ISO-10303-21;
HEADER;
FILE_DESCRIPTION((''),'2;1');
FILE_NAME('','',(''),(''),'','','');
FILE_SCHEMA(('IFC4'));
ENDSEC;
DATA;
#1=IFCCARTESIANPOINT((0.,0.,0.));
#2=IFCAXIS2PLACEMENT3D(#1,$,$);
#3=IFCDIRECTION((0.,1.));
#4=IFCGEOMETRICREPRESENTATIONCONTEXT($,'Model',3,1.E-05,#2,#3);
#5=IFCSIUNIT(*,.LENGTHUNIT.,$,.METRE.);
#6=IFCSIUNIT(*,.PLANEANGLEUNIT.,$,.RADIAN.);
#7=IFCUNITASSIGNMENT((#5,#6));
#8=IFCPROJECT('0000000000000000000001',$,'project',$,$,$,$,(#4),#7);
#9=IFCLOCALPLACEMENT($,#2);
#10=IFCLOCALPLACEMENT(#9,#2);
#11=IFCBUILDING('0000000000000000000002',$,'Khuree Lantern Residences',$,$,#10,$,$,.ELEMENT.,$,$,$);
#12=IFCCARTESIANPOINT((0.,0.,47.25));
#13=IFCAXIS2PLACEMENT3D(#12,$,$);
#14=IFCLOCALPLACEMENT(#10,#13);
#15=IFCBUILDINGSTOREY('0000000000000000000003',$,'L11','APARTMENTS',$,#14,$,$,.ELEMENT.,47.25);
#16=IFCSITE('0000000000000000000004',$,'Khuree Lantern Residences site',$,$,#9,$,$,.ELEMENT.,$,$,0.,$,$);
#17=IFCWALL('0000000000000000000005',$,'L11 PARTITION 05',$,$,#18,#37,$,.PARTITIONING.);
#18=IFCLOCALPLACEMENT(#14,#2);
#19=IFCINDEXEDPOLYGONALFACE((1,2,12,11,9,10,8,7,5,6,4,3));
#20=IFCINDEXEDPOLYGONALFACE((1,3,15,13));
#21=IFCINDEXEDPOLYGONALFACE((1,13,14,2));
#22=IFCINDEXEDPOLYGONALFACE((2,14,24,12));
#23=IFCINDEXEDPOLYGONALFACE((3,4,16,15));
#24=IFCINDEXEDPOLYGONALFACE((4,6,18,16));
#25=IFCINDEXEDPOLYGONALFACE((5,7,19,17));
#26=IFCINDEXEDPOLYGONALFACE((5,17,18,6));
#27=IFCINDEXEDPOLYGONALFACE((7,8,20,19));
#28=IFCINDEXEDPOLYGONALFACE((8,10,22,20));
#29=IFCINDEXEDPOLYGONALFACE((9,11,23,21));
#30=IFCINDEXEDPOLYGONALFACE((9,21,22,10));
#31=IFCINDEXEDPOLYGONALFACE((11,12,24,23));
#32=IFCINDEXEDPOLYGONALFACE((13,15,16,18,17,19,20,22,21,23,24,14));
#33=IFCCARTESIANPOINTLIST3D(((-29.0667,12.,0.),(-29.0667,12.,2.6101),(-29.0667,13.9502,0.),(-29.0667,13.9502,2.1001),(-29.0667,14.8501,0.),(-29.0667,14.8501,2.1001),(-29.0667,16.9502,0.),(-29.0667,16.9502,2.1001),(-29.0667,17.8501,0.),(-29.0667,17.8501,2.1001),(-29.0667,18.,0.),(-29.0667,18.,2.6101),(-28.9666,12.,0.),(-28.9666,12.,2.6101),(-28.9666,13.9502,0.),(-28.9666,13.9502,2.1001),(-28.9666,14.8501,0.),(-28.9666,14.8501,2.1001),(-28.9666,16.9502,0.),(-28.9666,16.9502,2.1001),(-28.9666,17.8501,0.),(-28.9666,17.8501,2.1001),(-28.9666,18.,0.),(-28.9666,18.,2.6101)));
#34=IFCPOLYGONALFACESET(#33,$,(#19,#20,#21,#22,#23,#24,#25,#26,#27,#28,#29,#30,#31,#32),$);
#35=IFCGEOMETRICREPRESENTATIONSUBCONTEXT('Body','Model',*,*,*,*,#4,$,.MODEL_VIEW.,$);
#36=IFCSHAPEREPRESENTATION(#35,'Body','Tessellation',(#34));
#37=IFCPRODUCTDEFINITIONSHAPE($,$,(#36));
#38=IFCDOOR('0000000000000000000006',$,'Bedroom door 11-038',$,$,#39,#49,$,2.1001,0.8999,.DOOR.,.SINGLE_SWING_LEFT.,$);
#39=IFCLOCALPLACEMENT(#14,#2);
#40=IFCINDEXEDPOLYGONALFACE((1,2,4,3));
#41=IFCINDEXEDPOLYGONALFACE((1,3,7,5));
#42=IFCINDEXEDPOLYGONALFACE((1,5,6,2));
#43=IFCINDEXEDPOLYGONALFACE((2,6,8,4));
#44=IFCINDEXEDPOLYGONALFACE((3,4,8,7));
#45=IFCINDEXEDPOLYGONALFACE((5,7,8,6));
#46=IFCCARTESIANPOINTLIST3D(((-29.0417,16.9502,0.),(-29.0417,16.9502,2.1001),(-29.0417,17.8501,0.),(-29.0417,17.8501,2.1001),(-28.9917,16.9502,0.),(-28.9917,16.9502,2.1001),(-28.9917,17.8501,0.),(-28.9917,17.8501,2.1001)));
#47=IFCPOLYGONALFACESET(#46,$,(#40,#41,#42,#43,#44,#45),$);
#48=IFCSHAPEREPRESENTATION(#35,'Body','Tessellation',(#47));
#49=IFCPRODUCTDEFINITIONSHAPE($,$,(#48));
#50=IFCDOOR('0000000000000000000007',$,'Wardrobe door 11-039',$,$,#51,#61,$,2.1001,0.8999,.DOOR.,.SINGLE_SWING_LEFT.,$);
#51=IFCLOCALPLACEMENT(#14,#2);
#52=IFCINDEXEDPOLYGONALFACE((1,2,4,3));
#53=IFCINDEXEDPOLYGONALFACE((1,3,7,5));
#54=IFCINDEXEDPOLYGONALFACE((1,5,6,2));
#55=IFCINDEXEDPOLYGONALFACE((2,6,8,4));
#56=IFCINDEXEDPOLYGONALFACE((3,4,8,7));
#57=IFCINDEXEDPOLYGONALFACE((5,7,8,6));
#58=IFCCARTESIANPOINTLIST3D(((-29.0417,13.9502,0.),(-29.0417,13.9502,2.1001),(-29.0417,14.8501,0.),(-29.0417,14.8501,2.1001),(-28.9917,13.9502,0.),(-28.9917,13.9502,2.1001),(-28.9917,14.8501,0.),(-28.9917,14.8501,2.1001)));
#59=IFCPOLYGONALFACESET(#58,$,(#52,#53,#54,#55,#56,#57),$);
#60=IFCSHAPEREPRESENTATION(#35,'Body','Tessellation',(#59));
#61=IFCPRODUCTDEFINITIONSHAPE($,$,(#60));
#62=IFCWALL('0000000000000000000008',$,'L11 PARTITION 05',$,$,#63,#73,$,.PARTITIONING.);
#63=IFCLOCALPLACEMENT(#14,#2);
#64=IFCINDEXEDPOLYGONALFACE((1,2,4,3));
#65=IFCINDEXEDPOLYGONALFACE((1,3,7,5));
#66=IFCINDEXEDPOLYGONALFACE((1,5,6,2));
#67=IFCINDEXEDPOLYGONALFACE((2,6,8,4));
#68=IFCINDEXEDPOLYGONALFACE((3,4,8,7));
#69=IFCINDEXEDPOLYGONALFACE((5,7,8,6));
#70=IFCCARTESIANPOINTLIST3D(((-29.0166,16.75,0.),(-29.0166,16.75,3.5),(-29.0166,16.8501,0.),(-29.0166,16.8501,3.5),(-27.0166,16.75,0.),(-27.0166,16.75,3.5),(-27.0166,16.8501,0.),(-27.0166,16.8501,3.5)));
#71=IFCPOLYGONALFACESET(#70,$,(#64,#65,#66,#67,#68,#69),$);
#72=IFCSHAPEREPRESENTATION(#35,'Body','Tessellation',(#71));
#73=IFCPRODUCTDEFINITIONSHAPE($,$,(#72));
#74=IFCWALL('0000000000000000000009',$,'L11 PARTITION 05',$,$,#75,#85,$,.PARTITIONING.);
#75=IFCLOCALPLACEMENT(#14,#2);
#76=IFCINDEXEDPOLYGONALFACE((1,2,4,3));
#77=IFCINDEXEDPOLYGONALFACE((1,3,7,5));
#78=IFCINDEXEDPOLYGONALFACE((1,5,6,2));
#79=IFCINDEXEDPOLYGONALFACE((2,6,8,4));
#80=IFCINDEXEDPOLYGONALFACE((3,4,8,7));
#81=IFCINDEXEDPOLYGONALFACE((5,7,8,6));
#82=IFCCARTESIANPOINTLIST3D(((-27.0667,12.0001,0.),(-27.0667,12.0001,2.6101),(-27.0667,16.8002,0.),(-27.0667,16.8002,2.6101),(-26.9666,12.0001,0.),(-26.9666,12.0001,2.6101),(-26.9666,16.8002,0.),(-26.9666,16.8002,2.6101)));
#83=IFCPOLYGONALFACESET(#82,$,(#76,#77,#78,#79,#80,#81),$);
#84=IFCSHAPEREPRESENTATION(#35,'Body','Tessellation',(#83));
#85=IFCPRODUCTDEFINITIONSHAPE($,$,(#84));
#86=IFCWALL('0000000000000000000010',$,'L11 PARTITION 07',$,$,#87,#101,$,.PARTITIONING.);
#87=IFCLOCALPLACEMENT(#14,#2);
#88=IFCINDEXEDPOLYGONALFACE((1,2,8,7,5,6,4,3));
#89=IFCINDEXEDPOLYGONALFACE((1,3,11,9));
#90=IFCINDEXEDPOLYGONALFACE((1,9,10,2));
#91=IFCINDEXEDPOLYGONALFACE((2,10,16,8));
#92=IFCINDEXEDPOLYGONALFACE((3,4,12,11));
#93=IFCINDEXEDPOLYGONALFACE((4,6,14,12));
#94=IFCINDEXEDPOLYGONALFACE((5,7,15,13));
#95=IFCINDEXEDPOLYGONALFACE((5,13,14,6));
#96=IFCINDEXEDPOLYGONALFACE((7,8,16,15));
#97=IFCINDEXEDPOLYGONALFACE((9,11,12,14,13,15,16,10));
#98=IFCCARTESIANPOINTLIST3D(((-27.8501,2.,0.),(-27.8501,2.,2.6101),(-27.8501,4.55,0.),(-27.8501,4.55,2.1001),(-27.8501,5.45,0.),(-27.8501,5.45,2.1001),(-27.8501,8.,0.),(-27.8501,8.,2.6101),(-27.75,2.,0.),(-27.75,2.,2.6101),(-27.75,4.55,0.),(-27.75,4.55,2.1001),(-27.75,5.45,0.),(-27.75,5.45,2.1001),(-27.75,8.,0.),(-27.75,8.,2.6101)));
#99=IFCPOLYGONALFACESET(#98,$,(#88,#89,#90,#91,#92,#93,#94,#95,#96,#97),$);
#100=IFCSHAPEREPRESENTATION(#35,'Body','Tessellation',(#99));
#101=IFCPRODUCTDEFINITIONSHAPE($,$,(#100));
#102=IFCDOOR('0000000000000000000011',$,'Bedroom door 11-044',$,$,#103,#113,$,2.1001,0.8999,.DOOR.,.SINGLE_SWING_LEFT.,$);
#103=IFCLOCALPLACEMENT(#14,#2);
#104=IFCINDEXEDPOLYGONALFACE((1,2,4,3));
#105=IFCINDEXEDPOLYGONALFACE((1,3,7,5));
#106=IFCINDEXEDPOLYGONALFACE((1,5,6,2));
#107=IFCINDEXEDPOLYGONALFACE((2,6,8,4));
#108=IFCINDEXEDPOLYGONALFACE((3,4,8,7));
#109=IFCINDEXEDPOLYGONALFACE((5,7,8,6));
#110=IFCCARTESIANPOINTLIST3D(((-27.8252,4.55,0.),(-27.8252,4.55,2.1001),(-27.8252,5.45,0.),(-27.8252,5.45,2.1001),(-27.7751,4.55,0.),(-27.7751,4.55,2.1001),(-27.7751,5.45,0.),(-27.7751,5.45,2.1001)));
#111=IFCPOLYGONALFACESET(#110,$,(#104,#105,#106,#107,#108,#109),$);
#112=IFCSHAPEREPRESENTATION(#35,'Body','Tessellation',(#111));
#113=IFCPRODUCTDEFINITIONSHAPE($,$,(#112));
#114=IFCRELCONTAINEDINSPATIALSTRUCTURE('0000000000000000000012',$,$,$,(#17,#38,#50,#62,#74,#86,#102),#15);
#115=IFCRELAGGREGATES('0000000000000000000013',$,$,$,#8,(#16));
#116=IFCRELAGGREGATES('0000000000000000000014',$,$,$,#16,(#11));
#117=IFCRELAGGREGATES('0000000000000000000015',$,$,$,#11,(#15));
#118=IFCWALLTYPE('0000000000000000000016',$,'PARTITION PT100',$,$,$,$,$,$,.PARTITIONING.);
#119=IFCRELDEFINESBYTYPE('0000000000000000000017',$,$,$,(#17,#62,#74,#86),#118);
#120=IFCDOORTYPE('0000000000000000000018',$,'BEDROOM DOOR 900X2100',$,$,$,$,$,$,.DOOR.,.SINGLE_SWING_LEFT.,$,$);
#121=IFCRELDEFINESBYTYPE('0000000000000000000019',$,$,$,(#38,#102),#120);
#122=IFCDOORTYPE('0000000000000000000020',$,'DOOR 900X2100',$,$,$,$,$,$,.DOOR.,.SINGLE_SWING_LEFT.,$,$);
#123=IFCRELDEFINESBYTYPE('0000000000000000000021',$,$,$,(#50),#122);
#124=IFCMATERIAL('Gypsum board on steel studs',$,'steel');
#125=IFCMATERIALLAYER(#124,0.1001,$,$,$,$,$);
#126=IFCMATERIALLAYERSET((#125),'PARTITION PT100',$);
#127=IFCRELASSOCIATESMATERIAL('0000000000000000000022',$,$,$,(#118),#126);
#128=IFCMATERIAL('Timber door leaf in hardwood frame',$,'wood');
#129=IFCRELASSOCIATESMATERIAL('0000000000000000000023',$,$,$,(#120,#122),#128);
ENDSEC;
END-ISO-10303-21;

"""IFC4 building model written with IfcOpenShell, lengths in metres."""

from ifc_helpers import new_model, si_unit, direction, frame, frame_2d, origin, place, context, subcontext, project, spatial, rectangle, extrude, material, layer, layer_set, type_object, element, fill, save


model = new_model("IFC4")

# Units and contexts
model_context = context("Model", 3, precision=1e-05, world=origin(), true_north=direction((0.0, 1.0)))
body_context = subcontext(model_context, "Body", "Model", "MODEL_VIEW")
ifc_project = project(units=[si_unit("LENGTHUNIT", "METRE"), si_unit("PLANEANGLEUNIT", "RADIAN")], contexts=[model_context])

# Site, building, storey
site_placement = place(None, origin())
site = spatial("IfcSite", under=ifc_project, at=site_placement, Name="Khuree Lantern Residences site", CompositionType="ELEMENT", RefElevation=0.0)
building_placement = place(site_placement, origin())
building = spatial("IfcBuilding", under=site, at=building_placement, Name="Khuree Lantern Residences", CompositionType="ELEMENT")
storey_placement = place(building_placement, frame((0.0, 0.0, 47.25)))
storey = spatial("IfcBuildingStorey", under=building, at=storey_placement, Name="L11", Description="APARTMENTS", CompositionType="ELEMENT", Elevation=47.25)

# Shared definitions
ifc_material_1 = material(Name="Timber door leaf in hardwood frame", Category="wood")

# Shared definitions
ifc_material_2 = material(Name="Gypsum board on steel studs", Category="steel")
ifc_layer_1 = layer(ifc_material_2, 0.1001)
ifc_layer_set_1 = layer_set([ifc_layer_1], Name="PARTITION PT100")
wall_type_1 = type_object("IfcWallType", Name="PARTITION PT100", PredefinedType="PARTITIONING", material=ifc_layer_set_1)

# Wall, openings, doors
wall_1_placement = place(storey_placement, frame((-29.0166, 18.0, 0.0), z_axis=(0.0, 0.0, 1.0), x_axis=(0.0, -1.0, 0.0)))
wall_1 = element("IfcWall", 1, at=wall_1_placement, inside=storey, type_object=wall_type_1, Name="L11 PARTITION 05", PredefinedType="PARTITIONING", context=body_context, shape_type="SweptSolid", body=[
    extrude(rectangle(XDim=6.0, YDim=0.1001, at=frame_2d((3.0, 0.0))), origin(), (0.0, 0.0, 1.0), 2.6101),
])
opening_1_placement = place(wall_1_placement, frame((0.1499, 0.0, 0.0)))
opening_1 = element("IfcOpeningElement", 2, at=opening_1_placement, cuts=wall_1, PredefinedType="OPENING", context=body_context, shape_type="SweptSolid", body=[
    extrude(rectangle(XDim=0.8999, YDim=2.1001, at=frame_2d((0.45, 1.05))), frame((0.0, 0.0601, 0.0), z_axis=(0.0, -1.0, 0.0), x_axis=(1.0, 0.0, 0.0)), (0.0, 0.0, 1.0), 0.1201),
])
opening_2_placement = place(wall_1_placement, frame((3.1499, 0.0, 0.0)))
opening_2 = element("IfcOpeningElement", 3, at=opening_2_placement, cuts=wall_1, PredefinedType="OPENING", context=body_context, shape_type="SweptSolid", body=[
    extrude(rectangle(XDim=0.8999, YDim=2.1001, at=frame_2d((0.45, 1.05))), frame((0.0, 0.0601, 0.0), z_axis=(0.0, -1.0, 0.0), x_axis=(1.0, 0.0, 0.0)), (0.0, 0.0, 1.0), 0.1201),
])
door_type_1 = type_object("IfcDoorType", Name="BEDROOM DOOR 900X2100", OperationType="SINGLE_SWING_LEFT", PredefinedType="DOOR", material=ifc_material_1)
door_1_placement = place(opening_1_placement, origin())
door_1 = element("IfcDoor", 4, at=door_1_placement, inside=storey, type_object=door_type_1, Name="Bedroom door 11-038", OperationType="SINGLE_SWING_LEFT", OverallHeight=2.1001, OverallWidth=0.8999, PredefinedType="DOOR", context=body_context, shape_type="SweptSolid", body=[
    extrude(rectangle(XDim=0.8999, YDim=2.1001, at=frame_2d((0.45, 1.05))), frame((0.0, 0.0249, 0.0), z_axis=(0.0, -1.0, 0.0), x_axis=(1.0, 0.0, 0.0)), (0.0, 0.0, 1.0), 0.05),
])
fill(opening_1, door_1)
door_type_2 = type_object("IfcDoorType", Name="DOOR 900X2100", OperationType="SINGLE_SWING_LEFT", PredefinedType="DOOR", material=ifc_material_1)
door_2_placement = place(opening_2_placement, origin())
door_2 = element("IfcDoor", 5, at=door_2_placement, inside=storey, type_object=door_type_2, Name="Wardrobe door 11-039", OperationType="SINGLE_SWING_LEFT", OverallHeight=2.1001, OverallWidth=0.8999, PredefinedType="DOOR", context=body_context, shape_type="SweptSolid", body=[
    extrude(rectangle(XDim=0.8999, YDim=2.1001, at=frame_2d((0.45, 1.05))), frame((0.0, 0.0249, 0.0), z_axis=(0.0, -1.0, 0.0), x_axis=(1.0, 0.0, 0.0)), (0.0, 0.0, 1.0), 0.05),
])
fill(opening_2, door_2)

# Walls
wall_2_placement = place(storey_placement, frame((-27.0166, 16.8, 0.0), z_axis=(0.0, 0.0, 1.0), x_axis=(-1.0, 0.0, 0.0)))
element("IfcWall", 6, at=wall_2_placement, inside=storey, type_object=wall_type_1, Name="L11 PARTITION 05", PredefinedType="PARTITIONING", context=body_context, shape_type="SweptSolid", body=[
    extrude(rectangle(XDim=2.0, YDim=0.1001, at=frame_2d((1.0, 0.0))), origin(), (0.0, 0.0, 1.0), 3.5),
])
wall_3_placement = place(storey_placement, frame((-27.0166, 16.8, 0.0), z_axis=(0.0, 0.0, 1.0), x_axis=(0.0, -1.0, 0.0)))
element("IfcWall", 7, at=wall_3_placement, inside=storey, type_object=wall_type_1, Name="L11 PARTITION 05", PredefinedType="PARTITIONING", context=body_context, shape_type="SweptSolid", body=[
    extrude(rectangle(XDim=4.8, YDim=0.1001, at=frame_2d((2.3999, 0.0))), origin(), (0.0, 0.0, 1.0), 2.6101),
])

# Wall, opening, door
wall_4_placement = place(storey_placement, frame((-27.8, 8.0, 0.0), z_axis=(0.0, 0.0, 1.0), x_axis=(0.0, -1.0, 0.0)))
wall_4 = element("IfcWall", 8, at=wall_4_placement, inside=storey, type_object=wall_type_1, Name="L11 PARTITION 07", PredefinedType="PARTITIONING", context=body_context, shape_type="SweptSolid", body=[
    extrude(rectangle(XDim=6.0, YDim=0.1001, at=frame_2d((3.0, 0.0))), origin(), (0.0, 0.0, 1.0), 2.6101),
])
opening_3_placement = place(wall_4_placement, frame((2.55, 0.0, 0.0)))
opening_3 = element("IfcOpeningElement", 9, at=opening_3_placement, cuts=wall_4, PredefinedType="OPENING", context=body_context, shape_type="SweptSolid", body=[
    extrude(rectangle(XDim=0.8999, YDim=2.1001, at=frame_2d((0.45, 1.05))), frame((0.0, 0.0601, 0.0), z_axis=(0.0, -1.0, 0.0), x_axis=(1.0, 0.0, 0.0)), (0.0, 0.0, 1.0), 0.1201),
])
door_3_placement = place(opening_3_placement, origin())
door_3 = element("IfcDoor", 10, at=door_3_placement, inside=storey, type_object=door_type_1, Name="Bedroom door 11-044", OperationType="SINGLE_SWING_LEFT", OverallHeight=2.1001, OverallWidth=0.8999, PredefinedType="DOOR", context=body_context, shape_type="SweptSolid", body=[
    extrude(rectangle(XDim=0.8999, YDim=2.1001, at=frame_2d((0.45, 1.05))), frame((0.0, 0.0249, 0.0), z_axis=(0.0, -1.0, 0.0), x_axis=(1.0, 0.0, 0.0)), (0.0, 0.0, 1.0), 0.05),
])
fill(opening_3, door_3)

save(model, "model.ifc")
